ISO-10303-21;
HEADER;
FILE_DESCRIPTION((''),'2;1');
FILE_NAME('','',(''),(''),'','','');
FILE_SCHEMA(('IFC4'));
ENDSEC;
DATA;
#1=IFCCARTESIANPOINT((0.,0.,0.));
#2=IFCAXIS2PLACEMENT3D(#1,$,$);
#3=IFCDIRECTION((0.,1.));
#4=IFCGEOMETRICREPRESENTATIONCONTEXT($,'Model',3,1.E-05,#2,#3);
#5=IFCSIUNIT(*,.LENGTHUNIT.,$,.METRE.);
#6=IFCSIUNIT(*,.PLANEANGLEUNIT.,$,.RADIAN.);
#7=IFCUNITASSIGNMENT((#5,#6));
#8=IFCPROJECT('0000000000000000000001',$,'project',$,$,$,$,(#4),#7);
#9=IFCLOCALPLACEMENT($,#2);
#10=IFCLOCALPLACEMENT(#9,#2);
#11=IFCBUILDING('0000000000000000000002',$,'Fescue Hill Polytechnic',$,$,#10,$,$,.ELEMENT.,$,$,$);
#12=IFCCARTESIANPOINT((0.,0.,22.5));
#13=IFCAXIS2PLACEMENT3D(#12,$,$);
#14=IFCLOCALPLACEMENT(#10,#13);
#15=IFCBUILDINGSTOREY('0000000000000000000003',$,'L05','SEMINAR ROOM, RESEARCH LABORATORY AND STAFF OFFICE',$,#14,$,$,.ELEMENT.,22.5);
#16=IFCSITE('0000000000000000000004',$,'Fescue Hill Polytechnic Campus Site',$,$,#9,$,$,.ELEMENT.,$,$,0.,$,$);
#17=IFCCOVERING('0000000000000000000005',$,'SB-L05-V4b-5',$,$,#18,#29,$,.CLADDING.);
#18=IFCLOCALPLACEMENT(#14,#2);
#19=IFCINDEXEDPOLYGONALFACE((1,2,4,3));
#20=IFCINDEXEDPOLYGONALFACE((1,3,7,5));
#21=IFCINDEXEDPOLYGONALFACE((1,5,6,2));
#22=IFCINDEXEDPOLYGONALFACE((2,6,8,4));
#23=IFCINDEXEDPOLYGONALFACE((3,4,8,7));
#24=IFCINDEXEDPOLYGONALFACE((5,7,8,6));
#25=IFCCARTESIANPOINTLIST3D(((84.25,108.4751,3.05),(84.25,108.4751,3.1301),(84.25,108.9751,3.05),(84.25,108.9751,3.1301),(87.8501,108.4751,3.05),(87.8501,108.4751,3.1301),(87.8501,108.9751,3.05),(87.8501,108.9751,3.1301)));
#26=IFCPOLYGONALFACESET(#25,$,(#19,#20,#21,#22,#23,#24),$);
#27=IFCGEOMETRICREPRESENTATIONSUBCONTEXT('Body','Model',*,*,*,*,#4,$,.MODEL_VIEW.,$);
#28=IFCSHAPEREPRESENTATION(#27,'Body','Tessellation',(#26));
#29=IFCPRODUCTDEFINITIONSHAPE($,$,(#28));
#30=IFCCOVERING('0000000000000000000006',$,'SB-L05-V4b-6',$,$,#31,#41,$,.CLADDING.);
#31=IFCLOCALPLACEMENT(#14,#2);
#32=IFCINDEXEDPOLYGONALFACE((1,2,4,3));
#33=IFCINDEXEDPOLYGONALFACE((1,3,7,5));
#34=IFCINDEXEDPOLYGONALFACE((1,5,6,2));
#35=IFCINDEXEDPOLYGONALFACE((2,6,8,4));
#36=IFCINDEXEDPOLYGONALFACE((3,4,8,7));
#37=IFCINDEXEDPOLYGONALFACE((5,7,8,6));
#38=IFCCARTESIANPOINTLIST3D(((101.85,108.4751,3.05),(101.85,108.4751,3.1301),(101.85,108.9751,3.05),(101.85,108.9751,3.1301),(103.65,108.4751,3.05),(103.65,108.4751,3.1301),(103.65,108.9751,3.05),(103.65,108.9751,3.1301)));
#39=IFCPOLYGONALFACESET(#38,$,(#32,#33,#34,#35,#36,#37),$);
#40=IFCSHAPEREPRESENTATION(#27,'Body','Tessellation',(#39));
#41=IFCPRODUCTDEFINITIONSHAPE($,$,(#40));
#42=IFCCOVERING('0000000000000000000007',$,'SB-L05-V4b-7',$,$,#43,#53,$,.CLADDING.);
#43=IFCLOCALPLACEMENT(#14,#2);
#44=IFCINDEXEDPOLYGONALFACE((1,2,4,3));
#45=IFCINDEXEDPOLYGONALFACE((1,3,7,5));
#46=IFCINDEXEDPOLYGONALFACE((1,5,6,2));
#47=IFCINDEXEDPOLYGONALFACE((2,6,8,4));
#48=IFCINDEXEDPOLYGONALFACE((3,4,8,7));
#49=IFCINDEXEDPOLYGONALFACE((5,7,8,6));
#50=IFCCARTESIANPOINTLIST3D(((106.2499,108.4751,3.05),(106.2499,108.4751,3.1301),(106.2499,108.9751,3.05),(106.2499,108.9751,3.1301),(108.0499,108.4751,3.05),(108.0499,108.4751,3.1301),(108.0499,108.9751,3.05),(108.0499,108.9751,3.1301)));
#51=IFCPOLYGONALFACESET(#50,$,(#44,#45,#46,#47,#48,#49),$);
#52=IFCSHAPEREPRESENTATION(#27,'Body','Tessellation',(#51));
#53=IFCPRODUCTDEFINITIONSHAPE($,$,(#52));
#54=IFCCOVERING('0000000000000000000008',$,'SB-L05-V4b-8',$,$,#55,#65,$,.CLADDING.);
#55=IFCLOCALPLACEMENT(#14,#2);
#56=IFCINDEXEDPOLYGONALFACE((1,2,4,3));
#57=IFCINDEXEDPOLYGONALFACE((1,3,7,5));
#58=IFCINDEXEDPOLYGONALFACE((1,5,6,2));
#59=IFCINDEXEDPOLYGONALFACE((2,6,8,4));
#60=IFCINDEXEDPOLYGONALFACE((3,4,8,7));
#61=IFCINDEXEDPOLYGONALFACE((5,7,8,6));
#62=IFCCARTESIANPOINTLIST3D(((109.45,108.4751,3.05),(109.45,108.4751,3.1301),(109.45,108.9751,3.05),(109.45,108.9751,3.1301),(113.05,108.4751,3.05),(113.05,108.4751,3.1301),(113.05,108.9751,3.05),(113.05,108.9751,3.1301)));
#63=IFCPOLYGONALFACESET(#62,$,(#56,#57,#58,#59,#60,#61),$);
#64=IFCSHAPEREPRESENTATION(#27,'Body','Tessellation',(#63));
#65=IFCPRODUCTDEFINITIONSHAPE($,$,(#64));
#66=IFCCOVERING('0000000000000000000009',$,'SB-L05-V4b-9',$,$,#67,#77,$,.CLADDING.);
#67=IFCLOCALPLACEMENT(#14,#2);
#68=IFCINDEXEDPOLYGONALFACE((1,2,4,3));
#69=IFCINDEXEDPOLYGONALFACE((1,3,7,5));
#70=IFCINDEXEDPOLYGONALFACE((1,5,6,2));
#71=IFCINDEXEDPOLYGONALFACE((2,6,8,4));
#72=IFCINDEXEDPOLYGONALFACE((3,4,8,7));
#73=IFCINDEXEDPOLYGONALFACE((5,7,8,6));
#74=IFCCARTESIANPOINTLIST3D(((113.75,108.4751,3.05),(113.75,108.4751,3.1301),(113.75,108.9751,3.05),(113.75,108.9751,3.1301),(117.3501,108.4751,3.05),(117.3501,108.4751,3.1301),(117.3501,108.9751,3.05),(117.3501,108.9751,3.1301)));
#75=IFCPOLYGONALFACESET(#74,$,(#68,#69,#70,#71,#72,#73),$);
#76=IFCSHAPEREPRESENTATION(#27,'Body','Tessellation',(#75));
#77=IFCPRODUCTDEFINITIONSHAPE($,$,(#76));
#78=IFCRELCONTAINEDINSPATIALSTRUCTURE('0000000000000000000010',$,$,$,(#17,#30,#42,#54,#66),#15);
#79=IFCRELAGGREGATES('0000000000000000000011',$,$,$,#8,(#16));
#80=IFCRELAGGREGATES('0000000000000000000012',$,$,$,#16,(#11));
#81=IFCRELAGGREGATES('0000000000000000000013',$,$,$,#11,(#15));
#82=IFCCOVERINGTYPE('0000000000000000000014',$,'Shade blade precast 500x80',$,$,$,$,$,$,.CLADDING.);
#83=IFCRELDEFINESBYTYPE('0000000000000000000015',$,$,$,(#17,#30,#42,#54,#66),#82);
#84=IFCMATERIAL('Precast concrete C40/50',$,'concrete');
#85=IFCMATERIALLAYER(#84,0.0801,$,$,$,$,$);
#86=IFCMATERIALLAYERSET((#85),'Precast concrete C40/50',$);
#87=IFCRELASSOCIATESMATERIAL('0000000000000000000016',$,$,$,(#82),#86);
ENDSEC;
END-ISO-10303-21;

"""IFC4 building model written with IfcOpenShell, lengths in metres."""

from ifc_helpers import new_model, si_unit, direction, frame, origin, origin_2d, place, context, subcontext, project, spatial, rectangle, extrude, material, layer, layer_set, type_object, element, save


model = new_model("IFC4")

# Units and contexts
model_context = context("Model", 3, precision=1e-05, world=origin(), true_north=direction((0.0, 1.0)))
body_context = subcontext(model_context, "Body", "Model", "MODEL_VIEW")
ifc_project = project(units=[si_unit("LENGTHUNIT", "METRE"), si_unit("PLANEANGLEUNIT", "RADIAN")], contexts=[model_context])

# Site, building, storey
site_placement = place(None, origin())
site = spatial("IfcSite", under=ifc_project, at=site_placement, Name="Fescue Hill Polytechnic Campus Site", CompositionType="ELEMENT", RefElevation=0.0)
building_placement = place(site_placement, origin())
building = spatial("IfcBuilding", under=site, at=building_placement, Name="Fescue Hill Polytechnic", CompositionType="ELEMENT")
storey_placement = place(building_placement, frame((0.0, 0.0, 22.5)))
storey = spatial("IfcBuildingStorey", under=building, at=storey_placement, Name="L05", Description="SEMINAR ROOM, RESEARCH LABORATORY AND STAFF OFFICE", CompositionType="ELEMENT", Elevation=22.5)

# Coverings
ifc_material_1 = material(Name="Precast concrete C40/50", Category="concrete")
ifc_layer_1 = layer(ifc_material_1, 0.0801)
ifc_layer_set_1 = layer_set([ifc_layer_1], Name="Precast concrete C40/50")
covering_type = type_object("IfcCoveringType", Name="Shade blade precast 500x80", PredefinedType="CLADDING", material=ifc_layer_set_1)
for number, where, z_axis, x_axis, name in (
    (1, (86.05, 108.7251, 3.05), (0.0, 0.0, 1.0), (1.0, 0.0, 0.0), "SB-L05-V4b-5"),
):
    element("IfcCovering", number, at=place(storey_placement, frame(where, z_axis=z_axis, x_axis=x_axis)), inside=storey, type_object=covering_type, Name=name, PredefinedType="CLADDING", context=body_context, shape_type="SweptSolid", body=[
        extrude(rectangle(XDim=3.6001, YDim=0.5, at=origin_2d()), origin(), (0.0, 0.0, 1.0), 0.0801),
    ])
for number, where, z_axis, x_axis, name in (
    (2, (102.75, 108.7251, 3.05), (0.0, 0.0, 1.0), (1.0, 0.0, 0.0), "SB-L05-V4b-6"),
    (3, (107.1499, 108.7251, 3.05), (0.0, 0.0, 1.0), (1.0, 0.0, 0.0), "SB-L05-V4b-7"),
):
    element("IfcCovering", number, at=place(storey_placement, frame(where, z_axis=z_axis, x_axis=x_axis)), inside=storey, type_object=covering_type, Name=name, PredefinedType="CLADDING", context=body_context, shape_type="SweptSolid", body=[
        extrude(rectangle(XDim=1.8, YDim=0.5, at=origin_2d()), origin(), (0.0, 0.0, 1.0), 0.0801),
    ])
for number, where, z_axis, x_axis, name in (
    (4, (111.25, 108.7251, 3.05), (0.0, 0.0, 1.0), (1.0, 0.0, 0.0), "SB-L05-V4b-8"),
    (5, (115.55, 108.7251, 3.05), (0.0, 0.0, 1.0), (1.0, 0.0, 0.0), "SB-L05-V4b-9"),
):
    element("IfcCovering", number, at=place(storey_placement, frame(where, z_axis=z_axis, x_axis=x_axis)), inside=storey, type_object=covering_type, Name=name, PredefinedType="CLADDING", context=body_context, shape_type="SweptSolid", body=[
        extrude(rectangle(XDim=3.6001, YDim=0.5, at=origin_2d()), origin(), (0.0, 0.0, 1.0), 0.0801),
    ])

save(model, "model.ifc")
